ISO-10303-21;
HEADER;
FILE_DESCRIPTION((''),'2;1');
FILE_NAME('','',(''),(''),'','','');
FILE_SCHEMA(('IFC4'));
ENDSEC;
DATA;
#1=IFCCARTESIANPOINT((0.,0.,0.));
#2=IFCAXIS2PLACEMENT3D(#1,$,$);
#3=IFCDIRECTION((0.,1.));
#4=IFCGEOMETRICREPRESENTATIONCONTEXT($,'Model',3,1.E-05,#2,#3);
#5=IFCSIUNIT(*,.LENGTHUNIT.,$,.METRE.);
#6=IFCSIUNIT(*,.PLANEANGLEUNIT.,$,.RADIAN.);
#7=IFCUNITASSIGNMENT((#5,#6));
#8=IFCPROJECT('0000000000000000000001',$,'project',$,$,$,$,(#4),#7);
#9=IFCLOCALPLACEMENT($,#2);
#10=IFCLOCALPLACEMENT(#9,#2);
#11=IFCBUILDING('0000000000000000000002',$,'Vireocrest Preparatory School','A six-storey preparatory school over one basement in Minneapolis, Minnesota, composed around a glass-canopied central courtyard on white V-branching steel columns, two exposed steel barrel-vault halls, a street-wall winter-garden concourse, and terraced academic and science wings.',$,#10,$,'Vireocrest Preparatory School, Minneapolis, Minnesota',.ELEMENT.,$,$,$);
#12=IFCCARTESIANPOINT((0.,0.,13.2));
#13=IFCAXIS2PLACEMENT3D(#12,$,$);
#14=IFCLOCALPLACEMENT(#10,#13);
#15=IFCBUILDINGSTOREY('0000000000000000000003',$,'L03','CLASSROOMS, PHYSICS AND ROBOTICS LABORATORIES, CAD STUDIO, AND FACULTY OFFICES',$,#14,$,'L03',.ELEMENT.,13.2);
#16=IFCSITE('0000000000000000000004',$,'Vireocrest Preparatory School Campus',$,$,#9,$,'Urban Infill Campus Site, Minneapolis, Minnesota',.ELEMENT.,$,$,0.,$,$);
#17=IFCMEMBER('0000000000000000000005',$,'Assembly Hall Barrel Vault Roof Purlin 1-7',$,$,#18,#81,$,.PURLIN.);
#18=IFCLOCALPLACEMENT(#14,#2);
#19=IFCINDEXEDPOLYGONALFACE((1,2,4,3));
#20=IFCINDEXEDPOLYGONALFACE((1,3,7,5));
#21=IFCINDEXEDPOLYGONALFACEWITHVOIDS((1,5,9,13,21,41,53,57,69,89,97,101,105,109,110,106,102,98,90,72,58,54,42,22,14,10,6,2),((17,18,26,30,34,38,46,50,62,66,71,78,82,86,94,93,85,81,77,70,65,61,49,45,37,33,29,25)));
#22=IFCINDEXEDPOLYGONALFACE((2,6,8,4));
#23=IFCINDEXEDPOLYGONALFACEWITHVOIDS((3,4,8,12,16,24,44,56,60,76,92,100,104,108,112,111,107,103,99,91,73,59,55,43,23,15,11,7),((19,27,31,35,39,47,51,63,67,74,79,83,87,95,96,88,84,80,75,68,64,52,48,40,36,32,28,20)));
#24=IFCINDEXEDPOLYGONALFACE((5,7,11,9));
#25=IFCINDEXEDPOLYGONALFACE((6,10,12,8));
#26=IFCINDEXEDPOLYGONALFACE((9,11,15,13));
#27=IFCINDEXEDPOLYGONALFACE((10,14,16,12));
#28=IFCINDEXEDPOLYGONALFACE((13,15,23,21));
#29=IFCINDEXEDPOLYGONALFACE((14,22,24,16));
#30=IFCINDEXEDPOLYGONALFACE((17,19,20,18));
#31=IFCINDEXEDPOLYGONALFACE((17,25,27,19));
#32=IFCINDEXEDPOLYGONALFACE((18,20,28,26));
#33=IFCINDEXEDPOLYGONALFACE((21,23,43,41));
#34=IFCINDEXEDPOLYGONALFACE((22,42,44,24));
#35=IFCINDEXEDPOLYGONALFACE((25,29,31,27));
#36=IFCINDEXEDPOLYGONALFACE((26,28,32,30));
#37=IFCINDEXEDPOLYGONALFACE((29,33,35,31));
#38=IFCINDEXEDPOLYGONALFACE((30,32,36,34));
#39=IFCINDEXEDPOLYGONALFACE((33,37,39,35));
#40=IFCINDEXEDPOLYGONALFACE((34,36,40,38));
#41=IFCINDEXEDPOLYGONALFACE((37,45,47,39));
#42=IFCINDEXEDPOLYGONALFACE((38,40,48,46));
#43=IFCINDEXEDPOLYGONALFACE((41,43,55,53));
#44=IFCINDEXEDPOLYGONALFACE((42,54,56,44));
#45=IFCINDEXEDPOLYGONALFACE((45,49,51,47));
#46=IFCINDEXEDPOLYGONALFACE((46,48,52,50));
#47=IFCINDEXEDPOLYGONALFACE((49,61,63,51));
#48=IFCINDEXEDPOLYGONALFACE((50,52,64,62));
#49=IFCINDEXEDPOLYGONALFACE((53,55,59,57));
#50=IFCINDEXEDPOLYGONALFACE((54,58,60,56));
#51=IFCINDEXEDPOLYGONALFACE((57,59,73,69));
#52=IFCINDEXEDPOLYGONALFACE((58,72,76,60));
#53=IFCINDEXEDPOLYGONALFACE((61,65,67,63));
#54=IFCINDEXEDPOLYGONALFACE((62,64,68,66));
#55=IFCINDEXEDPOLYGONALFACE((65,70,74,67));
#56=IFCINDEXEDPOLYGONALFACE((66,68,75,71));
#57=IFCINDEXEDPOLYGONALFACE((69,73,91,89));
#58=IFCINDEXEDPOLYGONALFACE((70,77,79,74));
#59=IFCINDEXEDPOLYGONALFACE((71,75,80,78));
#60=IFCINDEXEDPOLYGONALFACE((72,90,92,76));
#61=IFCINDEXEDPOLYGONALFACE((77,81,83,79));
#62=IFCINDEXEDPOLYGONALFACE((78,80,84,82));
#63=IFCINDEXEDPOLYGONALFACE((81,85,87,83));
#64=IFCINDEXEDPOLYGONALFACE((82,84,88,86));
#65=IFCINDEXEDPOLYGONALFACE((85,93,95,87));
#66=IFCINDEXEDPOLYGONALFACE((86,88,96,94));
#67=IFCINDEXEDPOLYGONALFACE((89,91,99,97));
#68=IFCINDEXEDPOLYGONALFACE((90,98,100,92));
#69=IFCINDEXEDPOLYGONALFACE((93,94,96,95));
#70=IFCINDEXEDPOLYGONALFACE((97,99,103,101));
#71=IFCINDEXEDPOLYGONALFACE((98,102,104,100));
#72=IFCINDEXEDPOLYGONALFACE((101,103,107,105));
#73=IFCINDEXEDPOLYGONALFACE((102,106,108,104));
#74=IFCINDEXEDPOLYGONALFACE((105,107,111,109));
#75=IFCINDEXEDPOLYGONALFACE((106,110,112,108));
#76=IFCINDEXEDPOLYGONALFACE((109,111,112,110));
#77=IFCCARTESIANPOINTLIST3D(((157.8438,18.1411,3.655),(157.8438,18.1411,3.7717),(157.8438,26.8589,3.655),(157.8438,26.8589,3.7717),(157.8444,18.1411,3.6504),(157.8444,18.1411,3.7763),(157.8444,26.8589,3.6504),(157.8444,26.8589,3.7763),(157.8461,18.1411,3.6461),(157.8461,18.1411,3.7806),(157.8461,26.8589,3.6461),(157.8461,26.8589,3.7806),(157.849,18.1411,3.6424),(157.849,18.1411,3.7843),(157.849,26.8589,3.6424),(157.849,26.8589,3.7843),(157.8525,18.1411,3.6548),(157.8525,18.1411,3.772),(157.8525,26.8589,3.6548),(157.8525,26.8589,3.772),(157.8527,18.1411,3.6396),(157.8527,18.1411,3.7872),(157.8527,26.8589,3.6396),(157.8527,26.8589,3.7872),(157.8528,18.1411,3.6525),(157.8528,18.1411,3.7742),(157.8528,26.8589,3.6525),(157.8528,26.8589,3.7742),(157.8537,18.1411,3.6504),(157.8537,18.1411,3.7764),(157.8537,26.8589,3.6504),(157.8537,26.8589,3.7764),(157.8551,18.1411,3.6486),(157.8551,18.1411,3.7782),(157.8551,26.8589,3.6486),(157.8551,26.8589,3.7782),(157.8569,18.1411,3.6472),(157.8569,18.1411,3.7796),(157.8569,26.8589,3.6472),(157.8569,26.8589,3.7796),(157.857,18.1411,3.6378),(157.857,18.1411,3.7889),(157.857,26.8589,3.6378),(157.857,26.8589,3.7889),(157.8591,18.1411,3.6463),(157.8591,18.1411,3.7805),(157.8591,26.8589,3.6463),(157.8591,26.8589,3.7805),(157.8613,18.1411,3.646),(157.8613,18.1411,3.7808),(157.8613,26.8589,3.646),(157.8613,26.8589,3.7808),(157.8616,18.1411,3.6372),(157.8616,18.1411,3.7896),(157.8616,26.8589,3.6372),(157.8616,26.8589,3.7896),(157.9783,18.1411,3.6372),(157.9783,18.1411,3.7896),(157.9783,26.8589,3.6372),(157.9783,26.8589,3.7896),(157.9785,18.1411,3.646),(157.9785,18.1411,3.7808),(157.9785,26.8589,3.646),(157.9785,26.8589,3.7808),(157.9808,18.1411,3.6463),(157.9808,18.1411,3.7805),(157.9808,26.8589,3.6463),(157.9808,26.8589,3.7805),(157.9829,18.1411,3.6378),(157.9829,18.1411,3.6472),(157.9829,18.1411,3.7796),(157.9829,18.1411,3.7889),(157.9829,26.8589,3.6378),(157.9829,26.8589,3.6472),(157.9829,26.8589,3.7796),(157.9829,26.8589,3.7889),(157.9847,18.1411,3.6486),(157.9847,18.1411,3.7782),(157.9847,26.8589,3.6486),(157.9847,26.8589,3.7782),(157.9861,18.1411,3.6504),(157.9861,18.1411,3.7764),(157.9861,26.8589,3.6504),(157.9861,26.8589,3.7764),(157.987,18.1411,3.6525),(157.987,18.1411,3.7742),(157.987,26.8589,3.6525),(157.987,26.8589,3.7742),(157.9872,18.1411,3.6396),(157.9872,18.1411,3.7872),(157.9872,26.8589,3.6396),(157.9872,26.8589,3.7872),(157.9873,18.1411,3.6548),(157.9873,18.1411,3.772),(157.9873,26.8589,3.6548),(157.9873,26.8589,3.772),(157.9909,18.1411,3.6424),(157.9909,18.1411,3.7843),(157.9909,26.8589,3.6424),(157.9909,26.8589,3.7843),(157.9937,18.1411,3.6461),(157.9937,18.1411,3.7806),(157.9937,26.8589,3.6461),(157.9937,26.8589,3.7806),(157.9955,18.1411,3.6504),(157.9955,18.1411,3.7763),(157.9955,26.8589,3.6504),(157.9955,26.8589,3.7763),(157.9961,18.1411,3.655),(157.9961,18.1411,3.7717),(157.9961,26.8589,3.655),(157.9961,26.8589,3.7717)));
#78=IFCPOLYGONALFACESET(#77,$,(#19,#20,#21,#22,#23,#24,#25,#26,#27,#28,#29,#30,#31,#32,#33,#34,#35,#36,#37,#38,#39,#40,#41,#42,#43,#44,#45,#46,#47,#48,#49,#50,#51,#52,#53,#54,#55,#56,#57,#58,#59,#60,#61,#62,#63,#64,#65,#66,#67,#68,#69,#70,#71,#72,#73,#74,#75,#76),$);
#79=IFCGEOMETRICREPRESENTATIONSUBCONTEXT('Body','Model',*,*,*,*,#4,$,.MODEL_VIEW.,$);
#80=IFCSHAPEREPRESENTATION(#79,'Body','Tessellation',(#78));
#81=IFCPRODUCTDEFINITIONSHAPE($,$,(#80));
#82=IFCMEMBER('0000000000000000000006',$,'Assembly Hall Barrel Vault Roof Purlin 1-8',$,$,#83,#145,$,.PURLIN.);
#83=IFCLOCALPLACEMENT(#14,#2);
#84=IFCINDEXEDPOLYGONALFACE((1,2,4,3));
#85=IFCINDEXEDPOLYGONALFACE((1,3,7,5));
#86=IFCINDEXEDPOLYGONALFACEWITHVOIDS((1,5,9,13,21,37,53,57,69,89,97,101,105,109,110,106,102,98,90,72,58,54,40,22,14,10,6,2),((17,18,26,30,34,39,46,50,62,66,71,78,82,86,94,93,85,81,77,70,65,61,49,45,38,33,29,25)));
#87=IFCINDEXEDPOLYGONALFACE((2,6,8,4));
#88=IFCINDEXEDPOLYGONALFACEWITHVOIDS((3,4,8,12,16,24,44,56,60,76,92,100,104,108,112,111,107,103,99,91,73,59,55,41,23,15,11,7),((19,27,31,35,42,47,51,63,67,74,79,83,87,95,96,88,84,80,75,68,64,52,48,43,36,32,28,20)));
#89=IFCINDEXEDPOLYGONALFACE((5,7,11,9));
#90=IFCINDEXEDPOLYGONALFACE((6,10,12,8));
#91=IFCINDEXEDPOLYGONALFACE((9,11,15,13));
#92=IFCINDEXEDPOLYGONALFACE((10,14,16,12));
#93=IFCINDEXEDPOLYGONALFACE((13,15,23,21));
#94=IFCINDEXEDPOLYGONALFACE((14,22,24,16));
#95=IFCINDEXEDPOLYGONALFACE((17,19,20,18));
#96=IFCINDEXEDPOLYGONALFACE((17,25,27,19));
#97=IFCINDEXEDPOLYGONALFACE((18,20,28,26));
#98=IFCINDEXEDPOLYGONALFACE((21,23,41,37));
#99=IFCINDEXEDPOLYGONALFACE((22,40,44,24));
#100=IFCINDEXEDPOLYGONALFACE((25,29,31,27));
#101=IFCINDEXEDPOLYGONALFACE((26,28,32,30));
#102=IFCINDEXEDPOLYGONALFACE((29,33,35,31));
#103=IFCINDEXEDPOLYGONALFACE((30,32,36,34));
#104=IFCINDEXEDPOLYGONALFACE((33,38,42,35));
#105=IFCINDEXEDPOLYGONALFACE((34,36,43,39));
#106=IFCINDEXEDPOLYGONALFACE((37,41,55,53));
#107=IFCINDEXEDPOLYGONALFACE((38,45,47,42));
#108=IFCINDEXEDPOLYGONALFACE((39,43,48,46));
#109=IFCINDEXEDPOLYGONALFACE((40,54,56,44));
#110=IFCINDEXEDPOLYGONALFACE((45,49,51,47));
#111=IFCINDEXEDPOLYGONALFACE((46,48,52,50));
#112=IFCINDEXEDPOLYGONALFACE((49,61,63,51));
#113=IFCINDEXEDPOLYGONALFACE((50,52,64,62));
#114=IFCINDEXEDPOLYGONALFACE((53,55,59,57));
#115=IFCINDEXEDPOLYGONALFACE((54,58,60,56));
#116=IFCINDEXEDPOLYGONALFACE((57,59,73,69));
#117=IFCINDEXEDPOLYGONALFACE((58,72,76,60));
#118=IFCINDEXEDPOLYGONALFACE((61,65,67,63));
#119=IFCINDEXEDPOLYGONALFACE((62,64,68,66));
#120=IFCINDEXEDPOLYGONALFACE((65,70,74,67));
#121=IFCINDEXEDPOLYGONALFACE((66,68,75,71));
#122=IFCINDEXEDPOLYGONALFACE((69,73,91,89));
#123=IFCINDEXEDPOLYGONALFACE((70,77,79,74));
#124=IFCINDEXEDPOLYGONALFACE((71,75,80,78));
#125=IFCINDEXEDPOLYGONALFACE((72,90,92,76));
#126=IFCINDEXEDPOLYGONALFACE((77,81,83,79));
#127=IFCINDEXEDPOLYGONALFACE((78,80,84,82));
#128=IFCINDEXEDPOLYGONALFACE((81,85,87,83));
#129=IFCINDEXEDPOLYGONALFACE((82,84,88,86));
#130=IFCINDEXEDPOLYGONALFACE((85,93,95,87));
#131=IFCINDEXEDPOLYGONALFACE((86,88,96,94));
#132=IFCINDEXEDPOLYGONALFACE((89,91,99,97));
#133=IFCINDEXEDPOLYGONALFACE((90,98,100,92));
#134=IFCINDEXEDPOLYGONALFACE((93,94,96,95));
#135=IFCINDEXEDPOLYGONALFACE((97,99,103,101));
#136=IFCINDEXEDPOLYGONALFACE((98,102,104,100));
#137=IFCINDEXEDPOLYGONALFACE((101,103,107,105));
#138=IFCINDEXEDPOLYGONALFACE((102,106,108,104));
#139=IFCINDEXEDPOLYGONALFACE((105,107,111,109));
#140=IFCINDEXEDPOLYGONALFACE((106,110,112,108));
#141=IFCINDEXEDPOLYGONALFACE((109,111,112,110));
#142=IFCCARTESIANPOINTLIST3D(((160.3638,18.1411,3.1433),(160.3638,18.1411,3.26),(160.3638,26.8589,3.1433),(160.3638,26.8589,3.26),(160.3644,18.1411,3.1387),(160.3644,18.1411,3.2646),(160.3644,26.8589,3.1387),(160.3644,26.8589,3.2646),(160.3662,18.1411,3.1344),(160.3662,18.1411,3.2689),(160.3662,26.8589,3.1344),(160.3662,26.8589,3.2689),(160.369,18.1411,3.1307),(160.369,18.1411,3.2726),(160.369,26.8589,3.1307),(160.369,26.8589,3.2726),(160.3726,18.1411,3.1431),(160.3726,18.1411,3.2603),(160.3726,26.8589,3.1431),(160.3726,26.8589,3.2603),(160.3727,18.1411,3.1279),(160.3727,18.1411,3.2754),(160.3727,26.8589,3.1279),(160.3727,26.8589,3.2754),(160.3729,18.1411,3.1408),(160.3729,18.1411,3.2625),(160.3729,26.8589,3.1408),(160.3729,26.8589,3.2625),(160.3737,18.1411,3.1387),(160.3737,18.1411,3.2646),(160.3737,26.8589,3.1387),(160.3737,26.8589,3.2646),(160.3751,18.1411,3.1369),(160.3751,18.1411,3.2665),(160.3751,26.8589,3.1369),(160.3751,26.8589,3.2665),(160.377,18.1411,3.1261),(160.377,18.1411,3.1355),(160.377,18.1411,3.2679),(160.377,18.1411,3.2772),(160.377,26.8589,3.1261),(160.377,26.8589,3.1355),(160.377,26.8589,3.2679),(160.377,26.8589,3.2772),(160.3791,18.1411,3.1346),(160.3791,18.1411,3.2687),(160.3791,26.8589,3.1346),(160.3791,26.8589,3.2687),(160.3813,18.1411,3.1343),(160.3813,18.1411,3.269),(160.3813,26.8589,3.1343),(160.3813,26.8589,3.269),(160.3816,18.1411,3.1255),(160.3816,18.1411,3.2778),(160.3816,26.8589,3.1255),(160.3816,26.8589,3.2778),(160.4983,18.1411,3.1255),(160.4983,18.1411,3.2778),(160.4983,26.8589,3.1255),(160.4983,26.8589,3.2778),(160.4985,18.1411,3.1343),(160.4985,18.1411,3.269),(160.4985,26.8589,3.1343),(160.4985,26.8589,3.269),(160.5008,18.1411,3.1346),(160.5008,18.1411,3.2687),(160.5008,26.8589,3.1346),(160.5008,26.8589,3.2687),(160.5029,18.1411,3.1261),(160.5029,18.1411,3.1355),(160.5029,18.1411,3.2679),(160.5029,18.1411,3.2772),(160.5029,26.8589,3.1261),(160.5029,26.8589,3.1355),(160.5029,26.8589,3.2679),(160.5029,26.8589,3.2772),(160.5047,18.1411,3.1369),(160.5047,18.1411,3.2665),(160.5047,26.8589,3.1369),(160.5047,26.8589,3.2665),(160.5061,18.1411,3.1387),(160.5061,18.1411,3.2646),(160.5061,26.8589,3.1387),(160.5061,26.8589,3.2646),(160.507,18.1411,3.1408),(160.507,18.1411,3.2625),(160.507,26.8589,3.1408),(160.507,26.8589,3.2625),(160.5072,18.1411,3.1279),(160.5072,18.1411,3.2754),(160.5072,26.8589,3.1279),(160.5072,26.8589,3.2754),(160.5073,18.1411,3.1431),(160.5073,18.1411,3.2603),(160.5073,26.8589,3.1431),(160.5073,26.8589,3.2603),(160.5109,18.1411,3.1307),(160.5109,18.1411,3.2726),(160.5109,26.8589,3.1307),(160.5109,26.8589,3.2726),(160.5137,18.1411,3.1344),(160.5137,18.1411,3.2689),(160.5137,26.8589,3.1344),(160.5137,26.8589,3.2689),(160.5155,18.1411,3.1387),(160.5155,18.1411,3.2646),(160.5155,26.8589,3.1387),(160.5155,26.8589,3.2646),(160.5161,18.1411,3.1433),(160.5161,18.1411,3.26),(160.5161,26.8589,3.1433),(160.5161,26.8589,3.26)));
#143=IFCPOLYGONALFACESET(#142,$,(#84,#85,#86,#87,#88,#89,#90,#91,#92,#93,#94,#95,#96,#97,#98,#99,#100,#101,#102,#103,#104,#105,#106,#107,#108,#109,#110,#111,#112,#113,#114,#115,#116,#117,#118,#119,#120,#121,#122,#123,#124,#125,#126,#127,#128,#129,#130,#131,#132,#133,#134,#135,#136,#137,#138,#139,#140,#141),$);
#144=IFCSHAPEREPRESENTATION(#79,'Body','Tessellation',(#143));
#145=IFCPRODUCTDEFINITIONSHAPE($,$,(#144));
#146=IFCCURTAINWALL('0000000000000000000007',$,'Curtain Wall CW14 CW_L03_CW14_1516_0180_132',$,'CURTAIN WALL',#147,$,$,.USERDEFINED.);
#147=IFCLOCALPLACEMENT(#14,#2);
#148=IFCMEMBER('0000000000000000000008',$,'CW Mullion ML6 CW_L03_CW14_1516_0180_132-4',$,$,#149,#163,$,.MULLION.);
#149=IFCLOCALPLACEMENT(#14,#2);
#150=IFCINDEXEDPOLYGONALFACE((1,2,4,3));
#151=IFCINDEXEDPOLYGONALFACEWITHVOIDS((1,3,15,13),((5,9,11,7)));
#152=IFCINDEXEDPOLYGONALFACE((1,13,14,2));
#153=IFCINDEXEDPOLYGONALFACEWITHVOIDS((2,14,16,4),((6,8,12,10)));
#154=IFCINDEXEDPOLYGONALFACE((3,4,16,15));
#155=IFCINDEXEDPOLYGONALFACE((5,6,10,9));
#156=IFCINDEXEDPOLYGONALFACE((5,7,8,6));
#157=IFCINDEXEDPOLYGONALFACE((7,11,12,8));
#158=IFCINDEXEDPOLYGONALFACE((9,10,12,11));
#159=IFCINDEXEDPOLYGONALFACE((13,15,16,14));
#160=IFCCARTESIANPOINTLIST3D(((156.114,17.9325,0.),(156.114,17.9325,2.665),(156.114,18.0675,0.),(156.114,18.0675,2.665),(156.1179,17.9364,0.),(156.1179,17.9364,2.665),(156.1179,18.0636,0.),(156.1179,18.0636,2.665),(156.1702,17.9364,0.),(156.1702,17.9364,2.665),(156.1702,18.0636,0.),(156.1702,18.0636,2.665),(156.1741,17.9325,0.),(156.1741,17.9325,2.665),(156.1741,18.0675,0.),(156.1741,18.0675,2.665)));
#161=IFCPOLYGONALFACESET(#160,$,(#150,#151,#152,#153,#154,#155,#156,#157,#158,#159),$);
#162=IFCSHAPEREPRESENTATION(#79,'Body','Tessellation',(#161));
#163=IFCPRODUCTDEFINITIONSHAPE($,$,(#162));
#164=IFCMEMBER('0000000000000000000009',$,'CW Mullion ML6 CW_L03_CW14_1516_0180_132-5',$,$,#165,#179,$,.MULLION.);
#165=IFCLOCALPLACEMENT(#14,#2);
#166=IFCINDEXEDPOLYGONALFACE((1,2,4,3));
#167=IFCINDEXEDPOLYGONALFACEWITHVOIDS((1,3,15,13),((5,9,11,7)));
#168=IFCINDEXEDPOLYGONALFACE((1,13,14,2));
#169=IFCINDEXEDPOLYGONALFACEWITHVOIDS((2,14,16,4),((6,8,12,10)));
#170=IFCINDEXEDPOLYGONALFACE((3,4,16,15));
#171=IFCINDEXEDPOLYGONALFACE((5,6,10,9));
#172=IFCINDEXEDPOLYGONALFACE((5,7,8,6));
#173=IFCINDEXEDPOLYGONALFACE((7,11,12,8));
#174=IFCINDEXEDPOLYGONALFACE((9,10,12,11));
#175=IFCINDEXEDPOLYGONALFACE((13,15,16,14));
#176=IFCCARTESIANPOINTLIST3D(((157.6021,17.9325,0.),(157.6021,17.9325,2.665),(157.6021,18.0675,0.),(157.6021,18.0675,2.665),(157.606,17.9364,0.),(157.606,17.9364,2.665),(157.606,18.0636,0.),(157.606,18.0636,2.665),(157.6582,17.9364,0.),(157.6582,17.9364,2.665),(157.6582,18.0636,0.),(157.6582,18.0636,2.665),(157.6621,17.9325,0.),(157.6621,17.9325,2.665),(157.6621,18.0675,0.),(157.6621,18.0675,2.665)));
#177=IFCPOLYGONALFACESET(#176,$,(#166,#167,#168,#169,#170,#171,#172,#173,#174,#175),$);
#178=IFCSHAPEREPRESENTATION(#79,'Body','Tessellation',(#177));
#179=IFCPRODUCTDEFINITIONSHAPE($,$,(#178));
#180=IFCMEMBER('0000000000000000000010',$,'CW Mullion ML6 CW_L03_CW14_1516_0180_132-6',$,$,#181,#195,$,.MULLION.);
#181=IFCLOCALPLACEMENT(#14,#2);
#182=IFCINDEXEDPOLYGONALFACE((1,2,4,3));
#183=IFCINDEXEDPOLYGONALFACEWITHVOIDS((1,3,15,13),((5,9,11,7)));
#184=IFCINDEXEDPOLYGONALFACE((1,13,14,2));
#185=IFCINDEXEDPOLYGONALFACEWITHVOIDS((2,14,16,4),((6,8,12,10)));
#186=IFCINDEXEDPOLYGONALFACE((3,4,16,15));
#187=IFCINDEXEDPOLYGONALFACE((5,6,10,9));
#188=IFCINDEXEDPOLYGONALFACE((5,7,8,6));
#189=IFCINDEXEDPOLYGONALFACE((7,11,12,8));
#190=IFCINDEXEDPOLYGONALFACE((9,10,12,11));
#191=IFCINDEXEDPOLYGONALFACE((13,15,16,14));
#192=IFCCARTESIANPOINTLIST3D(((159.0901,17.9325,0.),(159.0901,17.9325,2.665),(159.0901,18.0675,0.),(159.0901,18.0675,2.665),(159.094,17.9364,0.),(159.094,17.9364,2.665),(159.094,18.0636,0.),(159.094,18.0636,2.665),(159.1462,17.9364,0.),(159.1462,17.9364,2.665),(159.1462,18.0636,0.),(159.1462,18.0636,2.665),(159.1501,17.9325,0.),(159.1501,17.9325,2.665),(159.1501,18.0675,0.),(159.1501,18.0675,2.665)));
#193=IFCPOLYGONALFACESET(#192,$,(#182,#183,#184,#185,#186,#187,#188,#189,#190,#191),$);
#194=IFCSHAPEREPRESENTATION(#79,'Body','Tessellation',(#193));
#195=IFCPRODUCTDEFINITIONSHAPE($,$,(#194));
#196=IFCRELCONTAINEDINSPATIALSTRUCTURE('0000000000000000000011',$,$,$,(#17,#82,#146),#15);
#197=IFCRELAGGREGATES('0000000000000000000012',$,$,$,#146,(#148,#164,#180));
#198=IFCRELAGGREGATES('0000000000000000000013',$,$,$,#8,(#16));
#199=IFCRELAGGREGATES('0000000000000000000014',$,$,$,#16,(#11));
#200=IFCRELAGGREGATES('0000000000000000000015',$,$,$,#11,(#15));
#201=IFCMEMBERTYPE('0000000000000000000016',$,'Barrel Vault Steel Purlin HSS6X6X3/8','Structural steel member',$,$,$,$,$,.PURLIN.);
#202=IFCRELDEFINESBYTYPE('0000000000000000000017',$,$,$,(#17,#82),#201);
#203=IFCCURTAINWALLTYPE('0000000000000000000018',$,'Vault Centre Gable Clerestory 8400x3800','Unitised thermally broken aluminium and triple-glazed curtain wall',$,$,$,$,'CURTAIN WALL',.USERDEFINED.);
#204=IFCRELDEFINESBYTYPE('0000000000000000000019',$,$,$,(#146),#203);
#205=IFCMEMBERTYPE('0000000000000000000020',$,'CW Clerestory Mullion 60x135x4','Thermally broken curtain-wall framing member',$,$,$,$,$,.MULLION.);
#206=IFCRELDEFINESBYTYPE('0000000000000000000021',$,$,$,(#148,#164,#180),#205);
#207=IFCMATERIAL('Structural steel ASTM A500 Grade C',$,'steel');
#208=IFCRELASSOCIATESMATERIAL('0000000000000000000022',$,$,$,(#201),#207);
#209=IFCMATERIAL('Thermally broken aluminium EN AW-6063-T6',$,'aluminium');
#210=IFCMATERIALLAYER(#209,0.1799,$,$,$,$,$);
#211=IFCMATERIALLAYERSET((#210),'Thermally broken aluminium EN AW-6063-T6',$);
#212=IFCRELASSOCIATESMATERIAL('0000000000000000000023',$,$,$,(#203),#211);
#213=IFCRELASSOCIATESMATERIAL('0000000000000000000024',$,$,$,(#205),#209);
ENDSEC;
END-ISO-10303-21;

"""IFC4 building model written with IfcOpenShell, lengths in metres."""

from ifc_helpers import new_model, si_unit, direction, frame, origin, origin_2d, place, context, subcontext, project, spatial, hollow_rectangle, extrude, material, layer, layer_set, material_profile, profile_set, type_object, element, aggregate, save


model = new_model("IFC4")

# Units and contexts
model_context = context("Model", 3, precision=1e-05, world=origin(), true_north=direction((0.0, 1.0)))
body_context = subcontext(model_context, "Body", "Model", "MODEL_VIEW")
ifc_project = project(units=[si_unit("LENGTHUNIT", "METRE"), si_unit("PLANEANGLEUNIT", "RADIAN")], contexts=[model_context])

# Site, building, storey
site_placement = place(None, origin())
site = spatial("IfcSite", under=ifc_project, at=site_placement, Name="Vireocrest Preparatory School Campus", LongName="Urban Infill Campus Site, Minneapolis, Minnesota", CompositionType="ELEMENT", RefElevation=0.0)
building_placement = place(site_placement, origin())
building = spatial("IfcBuilding", under=site, at=building_placement, Name="Vireocrest Preparatory School", Description="A six-storey preparatory school over one basement in Minneapolis, Minnesota, composed around a glass-canopied central courtyard on white V-branching steel columns, two exposed steel barrel-vault halls, a street-wall winter-garden concourse, and terraced academic and science wings.", LongName="Vireocrest Preparatory School, Minneapolis, Minnesota", CompositionType="ELEMENT")
storey_placement = place(building_placement, frame((0.0, 0.0, 13.2)))
storey = spatial("IfcBuildingStorey", under=building, at=storey_placement, Name="L03", Description="CLASSROOMS, PHYSICS AND ROBOTICS LABORATORIES, CAD STUDIO, AND FACULTY OFFICES", LongName="L03", CompositionType="ELEMENT", Elevation=13.2)

# Members
ifc_material_1 = material(Name="Structural steel ASTM A500 Grade C", Category="steel")
ifc_material_profile_1 = material_profile(ifc_material_1, hollow_rectangle(XDim=0.1523, YDim=0.1523, WallThickness=0.0088, InnerFilletRadius=0.0088, OuterFilletRadius=0.0178, at=origin_2d()), Name="HSS6X6X3/8")
ifc_profile_set_1 = profile_set([ifc_material_profile_1], Name="Structural steel ASTM A500 Grade C")
member_type_1 = type_object("IfcMemberType", Name="Barrel Vault Steel Purlin HSS6X6X3/8", Description="Structural steel member", PredefinedType="PURLIN", material=ifc_profile_set_1)
for number, where, z_axis, x_axis, name in (
    (1, (157.9199, 18.1411, 3.7134), (0.0, 1.0, 0.0), (-1.0, 0.0, 0.0), "Assembly Hall Barrel Vault Roof Purlin 1-7"),
    (2, (160.4399, 18.1411, 3.2017), (0.0, 1.0, 0.0), (-1.0, 0.0, 0.0), "Assembly Hall Barrel Vault Roof Purlin 1-8"),
):
    element("IfcMember", number, at=place(storey_placement, frame(where, z_axis=z_axis, x_axis=x_axis)), inside=storey, type_object=member_type_1, Name=name, PredefinedType="PURLIN", context=body_context, shape_type="SweptSolid", body=[
        extrude(hollow_rectangle(XDim=0.1523, YDim=0.1523, WallThickness=0.0088, InnerFilletRadius=0.0088, OuterFilletRadius=0.0178, at=origin_2d()), origin(), (0.0, 0.0, 1.0), 8.7178),
    ])

# Curtain wall, members
ifc_material_2 = material(Name="Thermally broken aluminium EN AW-6063-T6", Category="aluminium")
ifc_layer_1 = layer(ifc_material_2, 0.1799)
ifc_layer_set_1 = layer_set([ifc_layer_1], Name="Thermally broken aluminium EN AW-6063-T6")
curtain_wall_type_1 = type_object("IfcCurtainWallType", Name="Vault Centre Gable Clerestory 8400x3800", Description="Unitised thermally broken aluminium and triple-glazed curtain wall", ElementType="CURTAIN WALL", PredefinedType="USERDEFINED", material=ifc_layer_set_1)
curtain_wall_1_placement = place(storey_placement, origin())
curtain_wall_1 = element("IfcCurtainWall", 3, at=curtain_wall_1_placement, inside=storey, type_object=curtain_wall_type_1, Name="Curtain Wall CW14 CW_L03_CW14_1516_0180_132", ObjectType="CURTAIN WALL", PredefinedType="USERDEFINED")
ifc_material_profile_2 = material_profile(ifc_material_2, hollow_rectangle(XDim=0.0601, YDim=0.135, WallThickness=0.0039, at=origin_2d()), Name="ALU 60x135x4")
ifc_profile_set_2 = profile_set([ifc_material_profile_2], Name="Thermally broken aluminium EN AW-6063-T6")
member_type_2 = type_object("IfcMemberType", Name="CW Clerestory Mullion 60x135x4", Description="Thermally broken curtain-wall framing member", PredefinedType="MULLION", material=ifc_profile_set_2)
member_1_placement = place(storey_placement, frame((156.144, 18.0, 0.0), z_axis=(0.0, 0.0, 1.0), x_axis=(1.0, 0.0, 0.0)))
member_1 = element("IfcMember", 4, at=member_1_placement, type_object=member_type_2, Name="CW Mullion ML6 CW_L03_CW14_1516_0180_132-4", PredefinedType="MULLION", context=body_context, shape_type="SweptSolid", body=[
    extrude(hollow_rectangle(XDim=0.0601, YDim=0.135, WallThickness=0.0039, at=origin_2d()), origin(), (0.0, 0.0, 1.0), 2.665),
])
member_2_placement = place(storey_placement, frame((157.6321, 18.0, 0.0), z_axis=(0.0, 0.0, 1.0), x_axis=(1.0, 0.0, 0.0)))
member_2 = element("IfcMember", 5, at=member_2_placement, type_object=member_type_2, Name="CW Mullion ML6 CW_L03_CW14_1516_0180_132-5", PredefinedType="MULLION", context=body_context, shape_type="SweptSolid", body=[
    extrude(hollow_rectangle(XDim=0.0601, YDim=0.135, WallThickness=0.0039, at=origin_2d()), origin(), (0.0, 0.0, 1.0), 2.665),
])
member_3_placement = place(storey_placement, frame((159.1201, 18.0, 0.0), z_axis=(0.0, 0.0, 1.0), x_axis=(1.0, 0.0, 0.0)))
member_3 = element("IfcMember", 6, at=member_3_placement, type_object=member_type_2, Name="CW Mullion ML6 CW_L03_CW14_1516_0180_132-6", PredefinedType="MULLION", context=body_context, shape_type="SweptSolid", body=[
    extrude(hollow_rectangle(XDim=0.0601, YDim=0.135, WallThickness=0.0039, at=origin_2d()), origin(), (0.0, 0.0, 1.0), 2.665),
])

aggregate(curtain_wall_1, [member_1, member_2, member_3])

save(model, "model.ifc")
